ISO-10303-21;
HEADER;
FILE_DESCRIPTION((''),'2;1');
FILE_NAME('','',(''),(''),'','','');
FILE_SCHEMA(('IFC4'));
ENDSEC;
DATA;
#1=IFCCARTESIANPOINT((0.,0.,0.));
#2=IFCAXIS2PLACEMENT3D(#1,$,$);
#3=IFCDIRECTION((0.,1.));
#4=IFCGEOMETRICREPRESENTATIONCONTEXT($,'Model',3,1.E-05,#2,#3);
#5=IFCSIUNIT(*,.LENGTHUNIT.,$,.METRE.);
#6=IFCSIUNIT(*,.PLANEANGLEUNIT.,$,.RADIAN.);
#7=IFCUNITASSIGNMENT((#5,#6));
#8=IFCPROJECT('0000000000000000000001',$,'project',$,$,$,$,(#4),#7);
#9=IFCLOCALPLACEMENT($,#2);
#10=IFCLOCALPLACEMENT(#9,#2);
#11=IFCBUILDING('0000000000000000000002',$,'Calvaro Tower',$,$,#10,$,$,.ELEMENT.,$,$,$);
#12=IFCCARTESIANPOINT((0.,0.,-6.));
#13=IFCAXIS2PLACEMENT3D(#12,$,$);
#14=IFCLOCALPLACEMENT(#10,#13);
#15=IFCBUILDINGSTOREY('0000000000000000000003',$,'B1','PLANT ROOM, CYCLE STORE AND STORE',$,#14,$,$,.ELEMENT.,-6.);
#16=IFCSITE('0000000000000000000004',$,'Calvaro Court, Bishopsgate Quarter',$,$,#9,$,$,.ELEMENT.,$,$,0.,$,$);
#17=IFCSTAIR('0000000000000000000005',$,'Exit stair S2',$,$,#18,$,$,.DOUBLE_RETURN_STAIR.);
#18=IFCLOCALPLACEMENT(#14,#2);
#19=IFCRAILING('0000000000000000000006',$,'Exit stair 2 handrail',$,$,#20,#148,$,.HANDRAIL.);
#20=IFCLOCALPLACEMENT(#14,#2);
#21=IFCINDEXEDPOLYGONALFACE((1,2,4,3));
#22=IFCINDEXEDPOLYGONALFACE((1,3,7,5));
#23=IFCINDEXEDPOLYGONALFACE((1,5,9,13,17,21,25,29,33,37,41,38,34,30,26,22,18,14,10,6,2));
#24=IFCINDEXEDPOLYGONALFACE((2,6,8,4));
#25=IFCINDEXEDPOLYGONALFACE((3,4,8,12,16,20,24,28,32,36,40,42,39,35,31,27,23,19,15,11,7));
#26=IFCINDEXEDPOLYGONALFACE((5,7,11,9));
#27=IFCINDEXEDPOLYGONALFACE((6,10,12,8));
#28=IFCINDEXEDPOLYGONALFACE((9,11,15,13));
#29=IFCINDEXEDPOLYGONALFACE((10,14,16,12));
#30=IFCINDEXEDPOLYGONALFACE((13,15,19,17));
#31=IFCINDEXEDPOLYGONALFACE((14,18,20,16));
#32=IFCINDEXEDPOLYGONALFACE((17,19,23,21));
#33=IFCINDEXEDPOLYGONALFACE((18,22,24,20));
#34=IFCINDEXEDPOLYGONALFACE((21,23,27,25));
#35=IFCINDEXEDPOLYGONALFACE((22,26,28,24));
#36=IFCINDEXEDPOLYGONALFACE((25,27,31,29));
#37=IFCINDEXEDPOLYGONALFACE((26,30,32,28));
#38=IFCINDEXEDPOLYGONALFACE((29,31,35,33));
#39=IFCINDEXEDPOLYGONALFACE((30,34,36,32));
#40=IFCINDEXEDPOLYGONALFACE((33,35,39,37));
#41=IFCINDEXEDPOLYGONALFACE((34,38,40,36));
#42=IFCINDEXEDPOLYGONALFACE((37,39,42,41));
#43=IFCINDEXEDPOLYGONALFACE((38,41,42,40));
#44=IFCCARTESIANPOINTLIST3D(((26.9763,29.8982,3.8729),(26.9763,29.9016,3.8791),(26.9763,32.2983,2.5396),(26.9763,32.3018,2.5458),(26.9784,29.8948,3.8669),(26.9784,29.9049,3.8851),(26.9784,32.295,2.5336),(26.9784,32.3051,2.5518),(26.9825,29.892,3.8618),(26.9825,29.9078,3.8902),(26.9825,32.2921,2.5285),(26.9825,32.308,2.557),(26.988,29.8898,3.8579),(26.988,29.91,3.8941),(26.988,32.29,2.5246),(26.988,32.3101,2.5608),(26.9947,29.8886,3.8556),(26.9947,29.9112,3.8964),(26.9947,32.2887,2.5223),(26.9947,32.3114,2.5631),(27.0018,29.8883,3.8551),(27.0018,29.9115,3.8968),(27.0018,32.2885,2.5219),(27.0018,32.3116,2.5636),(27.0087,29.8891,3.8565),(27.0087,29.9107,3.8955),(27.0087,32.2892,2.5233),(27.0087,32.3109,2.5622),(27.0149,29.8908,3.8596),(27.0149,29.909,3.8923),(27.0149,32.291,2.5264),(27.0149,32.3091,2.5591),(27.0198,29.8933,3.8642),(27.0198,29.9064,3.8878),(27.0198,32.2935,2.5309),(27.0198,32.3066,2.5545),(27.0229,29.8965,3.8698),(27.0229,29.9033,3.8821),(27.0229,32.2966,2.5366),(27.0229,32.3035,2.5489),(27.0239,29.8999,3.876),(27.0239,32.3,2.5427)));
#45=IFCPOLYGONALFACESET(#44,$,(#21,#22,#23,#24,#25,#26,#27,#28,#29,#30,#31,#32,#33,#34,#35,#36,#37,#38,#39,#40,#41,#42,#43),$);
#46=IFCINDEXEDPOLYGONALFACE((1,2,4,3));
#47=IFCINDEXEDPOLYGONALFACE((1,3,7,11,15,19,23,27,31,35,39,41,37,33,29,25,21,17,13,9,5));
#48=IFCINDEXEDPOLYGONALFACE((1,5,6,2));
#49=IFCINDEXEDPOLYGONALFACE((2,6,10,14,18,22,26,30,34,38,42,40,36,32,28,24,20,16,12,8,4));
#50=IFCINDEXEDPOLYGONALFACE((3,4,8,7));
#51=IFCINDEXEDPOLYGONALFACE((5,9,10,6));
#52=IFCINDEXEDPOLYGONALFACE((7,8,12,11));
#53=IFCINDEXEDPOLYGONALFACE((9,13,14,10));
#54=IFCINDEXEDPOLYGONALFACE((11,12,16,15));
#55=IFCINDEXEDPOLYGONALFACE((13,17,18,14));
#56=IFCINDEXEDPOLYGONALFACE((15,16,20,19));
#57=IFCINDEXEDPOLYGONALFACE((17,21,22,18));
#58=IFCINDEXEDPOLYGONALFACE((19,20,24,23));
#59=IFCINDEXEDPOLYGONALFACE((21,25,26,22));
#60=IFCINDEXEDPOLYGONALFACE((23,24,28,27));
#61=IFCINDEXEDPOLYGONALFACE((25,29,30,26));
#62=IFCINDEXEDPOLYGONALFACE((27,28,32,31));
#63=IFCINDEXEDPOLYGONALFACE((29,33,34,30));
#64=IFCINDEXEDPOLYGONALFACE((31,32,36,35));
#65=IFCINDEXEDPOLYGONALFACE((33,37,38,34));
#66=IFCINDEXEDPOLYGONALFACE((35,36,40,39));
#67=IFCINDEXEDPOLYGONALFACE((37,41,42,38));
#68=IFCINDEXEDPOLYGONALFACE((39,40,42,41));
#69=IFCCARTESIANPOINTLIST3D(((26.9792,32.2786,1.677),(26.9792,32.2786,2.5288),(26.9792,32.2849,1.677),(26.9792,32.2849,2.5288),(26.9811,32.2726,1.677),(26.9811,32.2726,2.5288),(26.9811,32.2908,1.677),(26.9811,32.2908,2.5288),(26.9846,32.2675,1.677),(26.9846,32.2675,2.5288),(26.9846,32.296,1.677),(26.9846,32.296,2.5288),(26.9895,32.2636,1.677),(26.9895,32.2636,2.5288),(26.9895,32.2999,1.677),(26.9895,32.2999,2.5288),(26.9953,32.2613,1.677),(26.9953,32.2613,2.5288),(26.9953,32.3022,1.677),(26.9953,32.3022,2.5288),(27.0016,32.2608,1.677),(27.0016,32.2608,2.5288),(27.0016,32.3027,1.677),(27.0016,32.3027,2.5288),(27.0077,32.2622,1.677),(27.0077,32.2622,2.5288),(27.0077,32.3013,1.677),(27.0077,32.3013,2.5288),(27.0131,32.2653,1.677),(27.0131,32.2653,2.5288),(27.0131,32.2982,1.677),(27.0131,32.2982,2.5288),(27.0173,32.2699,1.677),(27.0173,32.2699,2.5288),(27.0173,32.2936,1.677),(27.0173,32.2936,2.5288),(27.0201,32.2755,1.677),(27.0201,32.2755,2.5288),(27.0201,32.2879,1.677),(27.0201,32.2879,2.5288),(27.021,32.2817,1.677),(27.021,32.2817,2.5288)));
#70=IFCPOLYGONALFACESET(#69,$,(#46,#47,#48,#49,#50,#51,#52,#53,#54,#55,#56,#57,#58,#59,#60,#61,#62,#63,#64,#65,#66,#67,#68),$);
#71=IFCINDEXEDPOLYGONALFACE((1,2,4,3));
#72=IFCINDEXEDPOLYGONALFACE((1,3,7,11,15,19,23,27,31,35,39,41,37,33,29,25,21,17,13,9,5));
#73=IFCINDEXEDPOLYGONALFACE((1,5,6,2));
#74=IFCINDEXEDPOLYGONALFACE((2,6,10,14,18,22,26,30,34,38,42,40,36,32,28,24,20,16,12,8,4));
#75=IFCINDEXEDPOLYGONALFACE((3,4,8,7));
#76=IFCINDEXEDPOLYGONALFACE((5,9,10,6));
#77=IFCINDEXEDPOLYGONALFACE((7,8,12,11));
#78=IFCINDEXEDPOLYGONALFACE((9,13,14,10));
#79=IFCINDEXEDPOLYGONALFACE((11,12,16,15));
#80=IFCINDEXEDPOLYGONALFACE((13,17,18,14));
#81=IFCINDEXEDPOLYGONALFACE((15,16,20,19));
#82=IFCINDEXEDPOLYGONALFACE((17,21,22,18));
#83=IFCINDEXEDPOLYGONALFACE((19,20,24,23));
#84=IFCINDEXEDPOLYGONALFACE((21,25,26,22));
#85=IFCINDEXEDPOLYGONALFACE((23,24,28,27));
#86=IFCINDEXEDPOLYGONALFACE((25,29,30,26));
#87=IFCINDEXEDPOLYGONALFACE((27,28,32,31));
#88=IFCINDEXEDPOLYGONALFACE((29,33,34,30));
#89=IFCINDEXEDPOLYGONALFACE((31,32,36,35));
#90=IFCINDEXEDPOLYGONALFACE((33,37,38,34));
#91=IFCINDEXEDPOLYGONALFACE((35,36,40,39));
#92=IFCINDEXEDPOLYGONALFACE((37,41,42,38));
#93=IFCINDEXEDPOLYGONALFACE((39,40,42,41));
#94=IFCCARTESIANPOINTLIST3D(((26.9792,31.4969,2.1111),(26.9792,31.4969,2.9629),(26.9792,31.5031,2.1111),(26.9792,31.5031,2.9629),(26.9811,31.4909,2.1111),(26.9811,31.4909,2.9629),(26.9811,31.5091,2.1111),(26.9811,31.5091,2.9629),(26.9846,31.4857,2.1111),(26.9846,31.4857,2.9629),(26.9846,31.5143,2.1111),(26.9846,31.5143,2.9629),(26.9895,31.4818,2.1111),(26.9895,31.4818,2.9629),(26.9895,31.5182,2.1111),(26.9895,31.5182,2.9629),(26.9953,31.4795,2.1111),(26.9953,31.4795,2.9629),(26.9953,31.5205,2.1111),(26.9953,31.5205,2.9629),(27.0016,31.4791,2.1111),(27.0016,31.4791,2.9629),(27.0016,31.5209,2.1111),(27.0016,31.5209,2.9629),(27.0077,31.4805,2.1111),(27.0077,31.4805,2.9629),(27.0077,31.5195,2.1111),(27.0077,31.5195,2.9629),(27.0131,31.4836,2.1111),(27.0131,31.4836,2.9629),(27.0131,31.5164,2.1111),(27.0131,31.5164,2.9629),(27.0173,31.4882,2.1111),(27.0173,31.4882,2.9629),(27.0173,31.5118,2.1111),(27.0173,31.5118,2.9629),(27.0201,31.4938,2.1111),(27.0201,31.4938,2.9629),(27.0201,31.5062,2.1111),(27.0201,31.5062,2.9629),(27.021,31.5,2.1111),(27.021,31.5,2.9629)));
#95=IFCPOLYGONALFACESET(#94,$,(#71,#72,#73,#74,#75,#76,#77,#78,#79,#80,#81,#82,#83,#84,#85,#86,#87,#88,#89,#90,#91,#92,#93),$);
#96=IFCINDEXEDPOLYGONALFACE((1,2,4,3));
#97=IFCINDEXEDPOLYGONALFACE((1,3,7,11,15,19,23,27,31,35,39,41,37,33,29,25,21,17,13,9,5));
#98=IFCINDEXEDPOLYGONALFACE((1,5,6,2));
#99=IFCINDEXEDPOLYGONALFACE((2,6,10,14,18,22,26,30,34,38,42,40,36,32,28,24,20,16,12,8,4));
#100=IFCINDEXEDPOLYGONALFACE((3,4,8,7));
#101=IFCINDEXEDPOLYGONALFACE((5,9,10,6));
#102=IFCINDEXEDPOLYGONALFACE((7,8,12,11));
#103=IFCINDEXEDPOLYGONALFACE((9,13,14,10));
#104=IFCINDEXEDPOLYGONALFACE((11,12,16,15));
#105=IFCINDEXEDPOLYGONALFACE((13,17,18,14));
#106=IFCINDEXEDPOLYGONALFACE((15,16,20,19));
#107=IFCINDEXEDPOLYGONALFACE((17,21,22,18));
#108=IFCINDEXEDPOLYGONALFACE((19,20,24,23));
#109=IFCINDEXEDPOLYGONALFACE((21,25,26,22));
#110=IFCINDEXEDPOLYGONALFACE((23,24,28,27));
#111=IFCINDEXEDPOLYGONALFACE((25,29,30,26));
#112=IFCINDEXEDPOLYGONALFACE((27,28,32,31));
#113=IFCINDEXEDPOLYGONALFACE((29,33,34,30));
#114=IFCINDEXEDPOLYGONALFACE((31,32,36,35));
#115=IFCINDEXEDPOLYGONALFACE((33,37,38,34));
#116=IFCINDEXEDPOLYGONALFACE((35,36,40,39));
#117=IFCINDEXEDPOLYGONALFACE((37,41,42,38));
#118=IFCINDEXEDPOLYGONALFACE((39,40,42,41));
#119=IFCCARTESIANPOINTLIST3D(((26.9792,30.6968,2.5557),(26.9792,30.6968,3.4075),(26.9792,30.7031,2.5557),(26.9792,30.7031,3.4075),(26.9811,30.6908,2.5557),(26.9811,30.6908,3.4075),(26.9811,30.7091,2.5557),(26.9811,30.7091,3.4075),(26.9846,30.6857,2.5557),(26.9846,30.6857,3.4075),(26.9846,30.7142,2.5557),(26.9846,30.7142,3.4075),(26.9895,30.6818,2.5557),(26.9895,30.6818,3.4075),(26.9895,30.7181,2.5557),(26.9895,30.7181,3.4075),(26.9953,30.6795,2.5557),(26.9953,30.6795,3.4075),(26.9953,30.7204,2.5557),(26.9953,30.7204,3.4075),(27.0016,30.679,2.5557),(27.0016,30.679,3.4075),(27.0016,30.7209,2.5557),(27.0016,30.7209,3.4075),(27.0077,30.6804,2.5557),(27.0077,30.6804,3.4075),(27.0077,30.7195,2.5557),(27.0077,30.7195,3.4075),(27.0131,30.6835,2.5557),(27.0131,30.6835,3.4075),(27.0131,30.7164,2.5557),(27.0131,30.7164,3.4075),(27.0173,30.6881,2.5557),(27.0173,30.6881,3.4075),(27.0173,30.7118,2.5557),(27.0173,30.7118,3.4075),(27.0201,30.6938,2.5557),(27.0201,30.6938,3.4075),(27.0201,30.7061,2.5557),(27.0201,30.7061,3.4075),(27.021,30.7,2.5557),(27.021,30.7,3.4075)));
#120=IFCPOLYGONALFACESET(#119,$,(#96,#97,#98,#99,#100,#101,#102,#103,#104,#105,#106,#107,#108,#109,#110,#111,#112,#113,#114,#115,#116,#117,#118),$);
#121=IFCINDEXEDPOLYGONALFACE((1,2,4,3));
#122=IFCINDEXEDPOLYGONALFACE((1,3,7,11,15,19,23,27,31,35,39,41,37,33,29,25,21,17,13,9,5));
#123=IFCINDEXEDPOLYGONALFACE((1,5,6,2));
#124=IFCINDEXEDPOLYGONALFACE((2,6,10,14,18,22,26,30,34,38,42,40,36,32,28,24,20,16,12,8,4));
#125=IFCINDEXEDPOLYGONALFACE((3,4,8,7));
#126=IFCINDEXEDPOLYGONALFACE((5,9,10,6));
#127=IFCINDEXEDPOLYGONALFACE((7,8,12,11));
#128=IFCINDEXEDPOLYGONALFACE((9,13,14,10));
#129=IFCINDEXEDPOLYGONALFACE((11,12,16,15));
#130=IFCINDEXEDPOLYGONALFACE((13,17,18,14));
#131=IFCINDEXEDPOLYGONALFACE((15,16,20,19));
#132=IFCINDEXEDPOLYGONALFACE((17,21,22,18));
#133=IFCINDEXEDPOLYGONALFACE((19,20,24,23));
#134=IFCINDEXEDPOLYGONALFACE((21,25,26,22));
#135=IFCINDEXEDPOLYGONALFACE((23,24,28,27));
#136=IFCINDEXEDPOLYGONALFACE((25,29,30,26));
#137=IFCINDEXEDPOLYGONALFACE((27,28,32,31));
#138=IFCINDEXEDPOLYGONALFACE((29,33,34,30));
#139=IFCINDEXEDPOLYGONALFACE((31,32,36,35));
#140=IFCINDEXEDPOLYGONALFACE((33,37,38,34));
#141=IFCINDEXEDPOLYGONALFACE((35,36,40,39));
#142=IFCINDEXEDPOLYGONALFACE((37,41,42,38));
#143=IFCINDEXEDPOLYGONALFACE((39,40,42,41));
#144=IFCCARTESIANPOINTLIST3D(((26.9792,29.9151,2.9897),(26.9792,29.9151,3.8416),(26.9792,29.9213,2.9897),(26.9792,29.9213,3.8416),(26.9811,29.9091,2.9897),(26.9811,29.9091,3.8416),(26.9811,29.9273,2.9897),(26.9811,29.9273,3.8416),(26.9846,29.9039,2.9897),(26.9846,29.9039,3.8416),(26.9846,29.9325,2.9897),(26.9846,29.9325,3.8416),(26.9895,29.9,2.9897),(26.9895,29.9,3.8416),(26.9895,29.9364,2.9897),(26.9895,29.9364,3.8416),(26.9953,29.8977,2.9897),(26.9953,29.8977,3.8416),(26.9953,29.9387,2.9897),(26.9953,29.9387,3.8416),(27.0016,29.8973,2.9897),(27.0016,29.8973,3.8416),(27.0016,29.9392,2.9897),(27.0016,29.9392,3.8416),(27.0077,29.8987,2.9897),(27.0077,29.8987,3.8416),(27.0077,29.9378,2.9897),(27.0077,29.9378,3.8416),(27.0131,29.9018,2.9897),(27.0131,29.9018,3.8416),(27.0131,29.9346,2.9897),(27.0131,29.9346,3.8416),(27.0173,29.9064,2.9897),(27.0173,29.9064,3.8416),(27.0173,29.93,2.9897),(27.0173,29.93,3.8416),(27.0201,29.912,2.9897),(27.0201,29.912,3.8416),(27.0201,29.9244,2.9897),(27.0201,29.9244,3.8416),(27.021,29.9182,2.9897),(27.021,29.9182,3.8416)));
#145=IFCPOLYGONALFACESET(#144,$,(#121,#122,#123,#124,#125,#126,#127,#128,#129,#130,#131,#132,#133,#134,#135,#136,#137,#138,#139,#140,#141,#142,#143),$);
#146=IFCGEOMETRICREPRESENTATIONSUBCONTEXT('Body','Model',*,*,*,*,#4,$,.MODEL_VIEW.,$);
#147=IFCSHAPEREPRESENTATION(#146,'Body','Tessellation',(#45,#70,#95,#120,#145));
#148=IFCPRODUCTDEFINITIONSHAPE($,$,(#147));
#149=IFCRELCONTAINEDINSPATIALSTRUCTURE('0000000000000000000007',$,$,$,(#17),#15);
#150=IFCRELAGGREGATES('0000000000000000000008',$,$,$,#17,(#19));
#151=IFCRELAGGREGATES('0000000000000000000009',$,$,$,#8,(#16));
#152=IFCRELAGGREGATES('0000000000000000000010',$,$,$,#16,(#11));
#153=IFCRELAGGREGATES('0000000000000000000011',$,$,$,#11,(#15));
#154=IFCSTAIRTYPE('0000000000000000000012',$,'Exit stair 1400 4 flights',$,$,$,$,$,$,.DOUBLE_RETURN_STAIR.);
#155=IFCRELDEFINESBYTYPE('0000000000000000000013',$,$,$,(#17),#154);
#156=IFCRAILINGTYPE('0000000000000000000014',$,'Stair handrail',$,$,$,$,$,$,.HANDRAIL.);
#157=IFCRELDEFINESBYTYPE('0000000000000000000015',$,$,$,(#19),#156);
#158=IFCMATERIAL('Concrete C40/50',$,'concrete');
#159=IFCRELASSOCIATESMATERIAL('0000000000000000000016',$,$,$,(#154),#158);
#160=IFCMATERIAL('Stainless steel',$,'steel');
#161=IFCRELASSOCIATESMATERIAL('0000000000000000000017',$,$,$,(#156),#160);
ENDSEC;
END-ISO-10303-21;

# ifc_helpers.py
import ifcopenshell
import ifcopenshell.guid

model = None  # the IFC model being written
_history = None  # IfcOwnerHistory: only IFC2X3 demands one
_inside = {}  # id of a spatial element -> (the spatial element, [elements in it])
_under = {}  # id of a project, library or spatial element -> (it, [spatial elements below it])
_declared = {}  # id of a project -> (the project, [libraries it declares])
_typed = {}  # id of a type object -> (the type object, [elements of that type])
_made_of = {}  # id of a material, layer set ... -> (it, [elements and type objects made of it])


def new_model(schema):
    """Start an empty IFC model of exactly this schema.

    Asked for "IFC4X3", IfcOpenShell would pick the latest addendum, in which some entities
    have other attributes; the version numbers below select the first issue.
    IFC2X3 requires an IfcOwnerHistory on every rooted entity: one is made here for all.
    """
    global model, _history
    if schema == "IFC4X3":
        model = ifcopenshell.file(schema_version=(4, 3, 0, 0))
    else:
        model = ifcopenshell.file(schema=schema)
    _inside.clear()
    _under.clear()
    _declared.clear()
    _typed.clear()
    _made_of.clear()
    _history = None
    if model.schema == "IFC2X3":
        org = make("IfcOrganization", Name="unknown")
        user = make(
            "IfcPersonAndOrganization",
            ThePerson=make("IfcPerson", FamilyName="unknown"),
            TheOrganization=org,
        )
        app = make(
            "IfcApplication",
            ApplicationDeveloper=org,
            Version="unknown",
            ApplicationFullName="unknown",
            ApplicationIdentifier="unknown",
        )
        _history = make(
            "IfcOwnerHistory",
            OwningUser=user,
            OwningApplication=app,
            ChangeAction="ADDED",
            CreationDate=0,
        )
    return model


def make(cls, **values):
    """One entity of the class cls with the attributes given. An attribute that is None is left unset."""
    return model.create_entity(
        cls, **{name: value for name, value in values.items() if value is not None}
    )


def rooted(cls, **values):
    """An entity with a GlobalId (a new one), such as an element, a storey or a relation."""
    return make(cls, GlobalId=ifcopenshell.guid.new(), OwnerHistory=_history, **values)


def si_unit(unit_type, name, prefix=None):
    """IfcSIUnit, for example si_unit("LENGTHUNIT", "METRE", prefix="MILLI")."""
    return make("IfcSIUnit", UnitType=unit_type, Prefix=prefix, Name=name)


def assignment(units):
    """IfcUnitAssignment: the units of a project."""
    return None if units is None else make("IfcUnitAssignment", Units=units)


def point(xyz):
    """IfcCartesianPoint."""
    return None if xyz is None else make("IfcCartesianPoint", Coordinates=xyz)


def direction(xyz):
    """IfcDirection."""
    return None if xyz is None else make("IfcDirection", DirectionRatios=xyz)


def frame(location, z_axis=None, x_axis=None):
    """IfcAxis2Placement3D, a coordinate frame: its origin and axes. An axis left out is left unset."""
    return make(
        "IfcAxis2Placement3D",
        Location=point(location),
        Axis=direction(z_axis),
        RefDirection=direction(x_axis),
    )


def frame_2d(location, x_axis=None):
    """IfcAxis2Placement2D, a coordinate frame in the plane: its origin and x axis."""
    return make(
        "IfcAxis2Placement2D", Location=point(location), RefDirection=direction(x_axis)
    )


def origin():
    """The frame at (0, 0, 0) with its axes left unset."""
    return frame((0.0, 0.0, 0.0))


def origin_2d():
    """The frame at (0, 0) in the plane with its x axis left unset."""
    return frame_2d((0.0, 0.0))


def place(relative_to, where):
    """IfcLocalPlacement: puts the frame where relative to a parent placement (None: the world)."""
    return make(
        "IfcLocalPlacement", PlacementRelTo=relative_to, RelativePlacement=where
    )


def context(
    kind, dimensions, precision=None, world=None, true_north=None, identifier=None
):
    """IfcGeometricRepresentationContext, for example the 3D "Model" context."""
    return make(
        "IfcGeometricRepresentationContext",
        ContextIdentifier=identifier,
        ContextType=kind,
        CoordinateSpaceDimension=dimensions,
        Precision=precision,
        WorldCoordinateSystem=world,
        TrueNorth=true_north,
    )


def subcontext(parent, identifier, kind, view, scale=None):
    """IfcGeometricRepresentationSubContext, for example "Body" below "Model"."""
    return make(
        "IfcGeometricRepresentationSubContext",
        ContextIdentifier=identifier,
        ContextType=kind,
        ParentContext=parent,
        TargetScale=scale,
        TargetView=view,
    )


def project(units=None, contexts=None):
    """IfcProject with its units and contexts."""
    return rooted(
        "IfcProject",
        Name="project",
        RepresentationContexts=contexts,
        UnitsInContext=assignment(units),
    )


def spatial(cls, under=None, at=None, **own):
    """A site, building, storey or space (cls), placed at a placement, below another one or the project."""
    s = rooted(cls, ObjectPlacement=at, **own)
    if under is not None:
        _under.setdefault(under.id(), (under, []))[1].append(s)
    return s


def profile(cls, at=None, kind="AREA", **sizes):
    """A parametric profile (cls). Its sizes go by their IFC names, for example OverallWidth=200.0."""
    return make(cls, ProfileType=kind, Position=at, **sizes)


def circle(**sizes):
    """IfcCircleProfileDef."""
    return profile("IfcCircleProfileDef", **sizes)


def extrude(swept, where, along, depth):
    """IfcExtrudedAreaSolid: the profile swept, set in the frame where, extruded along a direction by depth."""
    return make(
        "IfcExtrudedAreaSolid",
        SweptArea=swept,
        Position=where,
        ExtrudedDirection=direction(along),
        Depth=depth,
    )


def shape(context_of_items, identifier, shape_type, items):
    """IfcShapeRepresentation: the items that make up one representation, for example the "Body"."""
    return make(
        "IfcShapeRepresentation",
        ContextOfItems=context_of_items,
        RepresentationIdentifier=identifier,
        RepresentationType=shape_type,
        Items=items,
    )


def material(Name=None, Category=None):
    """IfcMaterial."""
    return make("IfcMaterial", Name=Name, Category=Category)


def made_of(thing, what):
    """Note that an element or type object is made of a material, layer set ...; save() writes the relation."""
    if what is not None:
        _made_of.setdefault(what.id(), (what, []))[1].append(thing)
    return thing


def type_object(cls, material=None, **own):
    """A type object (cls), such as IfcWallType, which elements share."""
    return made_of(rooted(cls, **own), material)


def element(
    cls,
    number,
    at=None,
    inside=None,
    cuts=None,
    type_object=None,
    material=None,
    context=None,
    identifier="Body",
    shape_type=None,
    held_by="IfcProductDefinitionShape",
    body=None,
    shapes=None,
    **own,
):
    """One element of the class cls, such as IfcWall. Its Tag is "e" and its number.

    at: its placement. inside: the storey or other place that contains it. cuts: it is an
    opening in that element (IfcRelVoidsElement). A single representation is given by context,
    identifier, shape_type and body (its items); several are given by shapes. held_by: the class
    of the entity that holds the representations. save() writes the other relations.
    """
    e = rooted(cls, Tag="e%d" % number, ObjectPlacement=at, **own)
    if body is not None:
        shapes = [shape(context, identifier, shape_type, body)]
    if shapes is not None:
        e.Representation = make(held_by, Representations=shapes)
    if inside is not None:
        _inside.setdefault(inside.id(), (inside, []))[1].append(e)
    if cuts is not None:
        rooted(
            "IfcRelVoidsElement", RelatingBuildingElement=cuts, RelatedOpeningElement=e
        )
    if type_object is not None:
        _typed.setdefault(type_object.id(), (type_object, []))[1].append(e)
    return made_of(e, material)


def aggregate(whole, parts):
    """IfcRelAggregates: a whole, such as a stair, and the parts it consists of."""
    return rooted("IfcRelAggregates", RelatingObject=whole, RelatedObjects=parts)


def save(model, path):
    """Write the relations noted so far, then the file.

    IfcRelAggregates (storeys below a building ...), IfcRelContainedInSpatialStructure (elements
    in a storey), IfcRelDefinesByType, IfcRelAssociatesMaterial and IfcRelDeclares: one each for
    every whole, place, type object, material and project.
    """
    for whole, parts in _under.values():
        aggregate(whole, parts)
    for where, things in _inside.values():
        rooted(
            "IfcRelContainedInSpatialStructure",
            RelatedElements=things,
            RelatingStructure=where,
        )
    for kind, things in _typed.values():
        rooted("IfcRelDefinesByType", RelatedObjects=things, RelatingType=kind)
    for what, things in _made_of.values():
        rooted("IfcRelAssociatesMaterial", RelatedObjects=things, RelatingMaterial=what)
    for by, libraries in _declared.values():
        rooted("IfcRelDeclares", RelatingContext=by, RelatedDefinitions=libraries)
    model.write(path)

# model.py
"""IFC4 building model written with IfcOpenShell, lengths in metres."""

from ifc_helpers import new_model, si_unit, direction, frame, origin, origin_2d, place, context, subcontext, project, spatial, circle, extrude, material, type_object, element, aggregate, save


model = new_model("IFC4")

# Units and contexts
model_context = context("Model", 3, precision=1e-05, world=origin(), true_north=direction((0.0, 1.0)))
body_context = subcontext(model_context, "Body", "Model", "MODEL_VIEW")
ifc_project = project(units=[si_unit("LENGTHUNIT", "METRE"), si_unit("PLANEANGLEUNIT", "RADIAN")], contexts=[model_context])

# Site, building, storey
site_placement = place(None, origin())
site = spatial("IfcSite", under=ifc_project, at=site_placement, Name="Calvaro Court, Bishopsgate Quarter", CompositionType="ELEMENT", RefElevation=0.0)
building_placement = place(site_placement, origin())
building = spatial("IfcBuilding", under=site, at=building_placement, Name="Calvaro Tower", CompositionType="ELEMENT")
storey_placement = place(building_placement, frame((0.0, 0.0, -6.0)))
storey = spatial("IfcBuildingStorey", under=building, at=storey_placement, Name="B1", Description="PLANT ROOM, CYCLE STORE AND STORE", CompositionType="ELEMENT", Elevation=-6.0)

# Stair, railing
ifc_material_1 = material(Name="Concrete C40/50", Category="concrete")
stair_type = type_object("IfcStairType", Name="Exit stair 1400 4 flights", PredefinedType="DOUBLE_RETURN_STAIR", material=ifc_material_1)
stair_placement = place(storey_placement, origin())
stair = element("IfcStair", 1, at=stair_placement, inside=storey, type_object=stair_type, Name="Exit stair S2", PredefinedType="DOUBLE_RETURN_STAIR")
ifc_material_2 = material(Name="Stainless steel", Category="steel")
railing_type = type_object("IfcRailingType", Name="Stair handrail", PredefinedType="HANDRAIL", material=ifc_material_2)
railing_1_placement = place(storey_placement, frame((27.0, 32.3, 1.6667)))
railing_1 = element("IfcRailing", 2, at=railing_1_placement, type_object=railing_type, Name="Exit stair 2 handrail", PredefinedType="HANDRAIL", context=body_context, shape_type="SweptSolid", body=[
    extrude(circle(Radius=0.0239, at=origin_2d()), frame((0.0, 0.0, 0.876), z_axis=(0.0, -0.874182, 0.485598), x_axis=(1.0, 0.0, 0.0)), (0.0, 0.0, 1.0), 2.7456),
    extrude(circle(Radius=0.021, at=origin_2d()), frame((0.0, -0.0183, 0.0103)), (0.0, 0.0, 1.0), 0.8518),
    extrude(circle(Radius=0.021, at=origin_2d()), frame((0.0, -0.8, 0.4443)), (0.0, 0.0, 1.0), 0.8518),
    extrude(circle(Radius=0.021, at=origin_2d()), frame((0.0, -1.6001, 0.8889)), (0.0, 0.0, 1.0), 0.8518),
    extrude(circle(Radius=0.021, at=origin_2d()), frame((0.0, -2.3818, 1.323)), (0.0, 0.0, 1.0), 0.8518),
])
aggregate(stair, [railing_1])

save(model, "model.ifc")
